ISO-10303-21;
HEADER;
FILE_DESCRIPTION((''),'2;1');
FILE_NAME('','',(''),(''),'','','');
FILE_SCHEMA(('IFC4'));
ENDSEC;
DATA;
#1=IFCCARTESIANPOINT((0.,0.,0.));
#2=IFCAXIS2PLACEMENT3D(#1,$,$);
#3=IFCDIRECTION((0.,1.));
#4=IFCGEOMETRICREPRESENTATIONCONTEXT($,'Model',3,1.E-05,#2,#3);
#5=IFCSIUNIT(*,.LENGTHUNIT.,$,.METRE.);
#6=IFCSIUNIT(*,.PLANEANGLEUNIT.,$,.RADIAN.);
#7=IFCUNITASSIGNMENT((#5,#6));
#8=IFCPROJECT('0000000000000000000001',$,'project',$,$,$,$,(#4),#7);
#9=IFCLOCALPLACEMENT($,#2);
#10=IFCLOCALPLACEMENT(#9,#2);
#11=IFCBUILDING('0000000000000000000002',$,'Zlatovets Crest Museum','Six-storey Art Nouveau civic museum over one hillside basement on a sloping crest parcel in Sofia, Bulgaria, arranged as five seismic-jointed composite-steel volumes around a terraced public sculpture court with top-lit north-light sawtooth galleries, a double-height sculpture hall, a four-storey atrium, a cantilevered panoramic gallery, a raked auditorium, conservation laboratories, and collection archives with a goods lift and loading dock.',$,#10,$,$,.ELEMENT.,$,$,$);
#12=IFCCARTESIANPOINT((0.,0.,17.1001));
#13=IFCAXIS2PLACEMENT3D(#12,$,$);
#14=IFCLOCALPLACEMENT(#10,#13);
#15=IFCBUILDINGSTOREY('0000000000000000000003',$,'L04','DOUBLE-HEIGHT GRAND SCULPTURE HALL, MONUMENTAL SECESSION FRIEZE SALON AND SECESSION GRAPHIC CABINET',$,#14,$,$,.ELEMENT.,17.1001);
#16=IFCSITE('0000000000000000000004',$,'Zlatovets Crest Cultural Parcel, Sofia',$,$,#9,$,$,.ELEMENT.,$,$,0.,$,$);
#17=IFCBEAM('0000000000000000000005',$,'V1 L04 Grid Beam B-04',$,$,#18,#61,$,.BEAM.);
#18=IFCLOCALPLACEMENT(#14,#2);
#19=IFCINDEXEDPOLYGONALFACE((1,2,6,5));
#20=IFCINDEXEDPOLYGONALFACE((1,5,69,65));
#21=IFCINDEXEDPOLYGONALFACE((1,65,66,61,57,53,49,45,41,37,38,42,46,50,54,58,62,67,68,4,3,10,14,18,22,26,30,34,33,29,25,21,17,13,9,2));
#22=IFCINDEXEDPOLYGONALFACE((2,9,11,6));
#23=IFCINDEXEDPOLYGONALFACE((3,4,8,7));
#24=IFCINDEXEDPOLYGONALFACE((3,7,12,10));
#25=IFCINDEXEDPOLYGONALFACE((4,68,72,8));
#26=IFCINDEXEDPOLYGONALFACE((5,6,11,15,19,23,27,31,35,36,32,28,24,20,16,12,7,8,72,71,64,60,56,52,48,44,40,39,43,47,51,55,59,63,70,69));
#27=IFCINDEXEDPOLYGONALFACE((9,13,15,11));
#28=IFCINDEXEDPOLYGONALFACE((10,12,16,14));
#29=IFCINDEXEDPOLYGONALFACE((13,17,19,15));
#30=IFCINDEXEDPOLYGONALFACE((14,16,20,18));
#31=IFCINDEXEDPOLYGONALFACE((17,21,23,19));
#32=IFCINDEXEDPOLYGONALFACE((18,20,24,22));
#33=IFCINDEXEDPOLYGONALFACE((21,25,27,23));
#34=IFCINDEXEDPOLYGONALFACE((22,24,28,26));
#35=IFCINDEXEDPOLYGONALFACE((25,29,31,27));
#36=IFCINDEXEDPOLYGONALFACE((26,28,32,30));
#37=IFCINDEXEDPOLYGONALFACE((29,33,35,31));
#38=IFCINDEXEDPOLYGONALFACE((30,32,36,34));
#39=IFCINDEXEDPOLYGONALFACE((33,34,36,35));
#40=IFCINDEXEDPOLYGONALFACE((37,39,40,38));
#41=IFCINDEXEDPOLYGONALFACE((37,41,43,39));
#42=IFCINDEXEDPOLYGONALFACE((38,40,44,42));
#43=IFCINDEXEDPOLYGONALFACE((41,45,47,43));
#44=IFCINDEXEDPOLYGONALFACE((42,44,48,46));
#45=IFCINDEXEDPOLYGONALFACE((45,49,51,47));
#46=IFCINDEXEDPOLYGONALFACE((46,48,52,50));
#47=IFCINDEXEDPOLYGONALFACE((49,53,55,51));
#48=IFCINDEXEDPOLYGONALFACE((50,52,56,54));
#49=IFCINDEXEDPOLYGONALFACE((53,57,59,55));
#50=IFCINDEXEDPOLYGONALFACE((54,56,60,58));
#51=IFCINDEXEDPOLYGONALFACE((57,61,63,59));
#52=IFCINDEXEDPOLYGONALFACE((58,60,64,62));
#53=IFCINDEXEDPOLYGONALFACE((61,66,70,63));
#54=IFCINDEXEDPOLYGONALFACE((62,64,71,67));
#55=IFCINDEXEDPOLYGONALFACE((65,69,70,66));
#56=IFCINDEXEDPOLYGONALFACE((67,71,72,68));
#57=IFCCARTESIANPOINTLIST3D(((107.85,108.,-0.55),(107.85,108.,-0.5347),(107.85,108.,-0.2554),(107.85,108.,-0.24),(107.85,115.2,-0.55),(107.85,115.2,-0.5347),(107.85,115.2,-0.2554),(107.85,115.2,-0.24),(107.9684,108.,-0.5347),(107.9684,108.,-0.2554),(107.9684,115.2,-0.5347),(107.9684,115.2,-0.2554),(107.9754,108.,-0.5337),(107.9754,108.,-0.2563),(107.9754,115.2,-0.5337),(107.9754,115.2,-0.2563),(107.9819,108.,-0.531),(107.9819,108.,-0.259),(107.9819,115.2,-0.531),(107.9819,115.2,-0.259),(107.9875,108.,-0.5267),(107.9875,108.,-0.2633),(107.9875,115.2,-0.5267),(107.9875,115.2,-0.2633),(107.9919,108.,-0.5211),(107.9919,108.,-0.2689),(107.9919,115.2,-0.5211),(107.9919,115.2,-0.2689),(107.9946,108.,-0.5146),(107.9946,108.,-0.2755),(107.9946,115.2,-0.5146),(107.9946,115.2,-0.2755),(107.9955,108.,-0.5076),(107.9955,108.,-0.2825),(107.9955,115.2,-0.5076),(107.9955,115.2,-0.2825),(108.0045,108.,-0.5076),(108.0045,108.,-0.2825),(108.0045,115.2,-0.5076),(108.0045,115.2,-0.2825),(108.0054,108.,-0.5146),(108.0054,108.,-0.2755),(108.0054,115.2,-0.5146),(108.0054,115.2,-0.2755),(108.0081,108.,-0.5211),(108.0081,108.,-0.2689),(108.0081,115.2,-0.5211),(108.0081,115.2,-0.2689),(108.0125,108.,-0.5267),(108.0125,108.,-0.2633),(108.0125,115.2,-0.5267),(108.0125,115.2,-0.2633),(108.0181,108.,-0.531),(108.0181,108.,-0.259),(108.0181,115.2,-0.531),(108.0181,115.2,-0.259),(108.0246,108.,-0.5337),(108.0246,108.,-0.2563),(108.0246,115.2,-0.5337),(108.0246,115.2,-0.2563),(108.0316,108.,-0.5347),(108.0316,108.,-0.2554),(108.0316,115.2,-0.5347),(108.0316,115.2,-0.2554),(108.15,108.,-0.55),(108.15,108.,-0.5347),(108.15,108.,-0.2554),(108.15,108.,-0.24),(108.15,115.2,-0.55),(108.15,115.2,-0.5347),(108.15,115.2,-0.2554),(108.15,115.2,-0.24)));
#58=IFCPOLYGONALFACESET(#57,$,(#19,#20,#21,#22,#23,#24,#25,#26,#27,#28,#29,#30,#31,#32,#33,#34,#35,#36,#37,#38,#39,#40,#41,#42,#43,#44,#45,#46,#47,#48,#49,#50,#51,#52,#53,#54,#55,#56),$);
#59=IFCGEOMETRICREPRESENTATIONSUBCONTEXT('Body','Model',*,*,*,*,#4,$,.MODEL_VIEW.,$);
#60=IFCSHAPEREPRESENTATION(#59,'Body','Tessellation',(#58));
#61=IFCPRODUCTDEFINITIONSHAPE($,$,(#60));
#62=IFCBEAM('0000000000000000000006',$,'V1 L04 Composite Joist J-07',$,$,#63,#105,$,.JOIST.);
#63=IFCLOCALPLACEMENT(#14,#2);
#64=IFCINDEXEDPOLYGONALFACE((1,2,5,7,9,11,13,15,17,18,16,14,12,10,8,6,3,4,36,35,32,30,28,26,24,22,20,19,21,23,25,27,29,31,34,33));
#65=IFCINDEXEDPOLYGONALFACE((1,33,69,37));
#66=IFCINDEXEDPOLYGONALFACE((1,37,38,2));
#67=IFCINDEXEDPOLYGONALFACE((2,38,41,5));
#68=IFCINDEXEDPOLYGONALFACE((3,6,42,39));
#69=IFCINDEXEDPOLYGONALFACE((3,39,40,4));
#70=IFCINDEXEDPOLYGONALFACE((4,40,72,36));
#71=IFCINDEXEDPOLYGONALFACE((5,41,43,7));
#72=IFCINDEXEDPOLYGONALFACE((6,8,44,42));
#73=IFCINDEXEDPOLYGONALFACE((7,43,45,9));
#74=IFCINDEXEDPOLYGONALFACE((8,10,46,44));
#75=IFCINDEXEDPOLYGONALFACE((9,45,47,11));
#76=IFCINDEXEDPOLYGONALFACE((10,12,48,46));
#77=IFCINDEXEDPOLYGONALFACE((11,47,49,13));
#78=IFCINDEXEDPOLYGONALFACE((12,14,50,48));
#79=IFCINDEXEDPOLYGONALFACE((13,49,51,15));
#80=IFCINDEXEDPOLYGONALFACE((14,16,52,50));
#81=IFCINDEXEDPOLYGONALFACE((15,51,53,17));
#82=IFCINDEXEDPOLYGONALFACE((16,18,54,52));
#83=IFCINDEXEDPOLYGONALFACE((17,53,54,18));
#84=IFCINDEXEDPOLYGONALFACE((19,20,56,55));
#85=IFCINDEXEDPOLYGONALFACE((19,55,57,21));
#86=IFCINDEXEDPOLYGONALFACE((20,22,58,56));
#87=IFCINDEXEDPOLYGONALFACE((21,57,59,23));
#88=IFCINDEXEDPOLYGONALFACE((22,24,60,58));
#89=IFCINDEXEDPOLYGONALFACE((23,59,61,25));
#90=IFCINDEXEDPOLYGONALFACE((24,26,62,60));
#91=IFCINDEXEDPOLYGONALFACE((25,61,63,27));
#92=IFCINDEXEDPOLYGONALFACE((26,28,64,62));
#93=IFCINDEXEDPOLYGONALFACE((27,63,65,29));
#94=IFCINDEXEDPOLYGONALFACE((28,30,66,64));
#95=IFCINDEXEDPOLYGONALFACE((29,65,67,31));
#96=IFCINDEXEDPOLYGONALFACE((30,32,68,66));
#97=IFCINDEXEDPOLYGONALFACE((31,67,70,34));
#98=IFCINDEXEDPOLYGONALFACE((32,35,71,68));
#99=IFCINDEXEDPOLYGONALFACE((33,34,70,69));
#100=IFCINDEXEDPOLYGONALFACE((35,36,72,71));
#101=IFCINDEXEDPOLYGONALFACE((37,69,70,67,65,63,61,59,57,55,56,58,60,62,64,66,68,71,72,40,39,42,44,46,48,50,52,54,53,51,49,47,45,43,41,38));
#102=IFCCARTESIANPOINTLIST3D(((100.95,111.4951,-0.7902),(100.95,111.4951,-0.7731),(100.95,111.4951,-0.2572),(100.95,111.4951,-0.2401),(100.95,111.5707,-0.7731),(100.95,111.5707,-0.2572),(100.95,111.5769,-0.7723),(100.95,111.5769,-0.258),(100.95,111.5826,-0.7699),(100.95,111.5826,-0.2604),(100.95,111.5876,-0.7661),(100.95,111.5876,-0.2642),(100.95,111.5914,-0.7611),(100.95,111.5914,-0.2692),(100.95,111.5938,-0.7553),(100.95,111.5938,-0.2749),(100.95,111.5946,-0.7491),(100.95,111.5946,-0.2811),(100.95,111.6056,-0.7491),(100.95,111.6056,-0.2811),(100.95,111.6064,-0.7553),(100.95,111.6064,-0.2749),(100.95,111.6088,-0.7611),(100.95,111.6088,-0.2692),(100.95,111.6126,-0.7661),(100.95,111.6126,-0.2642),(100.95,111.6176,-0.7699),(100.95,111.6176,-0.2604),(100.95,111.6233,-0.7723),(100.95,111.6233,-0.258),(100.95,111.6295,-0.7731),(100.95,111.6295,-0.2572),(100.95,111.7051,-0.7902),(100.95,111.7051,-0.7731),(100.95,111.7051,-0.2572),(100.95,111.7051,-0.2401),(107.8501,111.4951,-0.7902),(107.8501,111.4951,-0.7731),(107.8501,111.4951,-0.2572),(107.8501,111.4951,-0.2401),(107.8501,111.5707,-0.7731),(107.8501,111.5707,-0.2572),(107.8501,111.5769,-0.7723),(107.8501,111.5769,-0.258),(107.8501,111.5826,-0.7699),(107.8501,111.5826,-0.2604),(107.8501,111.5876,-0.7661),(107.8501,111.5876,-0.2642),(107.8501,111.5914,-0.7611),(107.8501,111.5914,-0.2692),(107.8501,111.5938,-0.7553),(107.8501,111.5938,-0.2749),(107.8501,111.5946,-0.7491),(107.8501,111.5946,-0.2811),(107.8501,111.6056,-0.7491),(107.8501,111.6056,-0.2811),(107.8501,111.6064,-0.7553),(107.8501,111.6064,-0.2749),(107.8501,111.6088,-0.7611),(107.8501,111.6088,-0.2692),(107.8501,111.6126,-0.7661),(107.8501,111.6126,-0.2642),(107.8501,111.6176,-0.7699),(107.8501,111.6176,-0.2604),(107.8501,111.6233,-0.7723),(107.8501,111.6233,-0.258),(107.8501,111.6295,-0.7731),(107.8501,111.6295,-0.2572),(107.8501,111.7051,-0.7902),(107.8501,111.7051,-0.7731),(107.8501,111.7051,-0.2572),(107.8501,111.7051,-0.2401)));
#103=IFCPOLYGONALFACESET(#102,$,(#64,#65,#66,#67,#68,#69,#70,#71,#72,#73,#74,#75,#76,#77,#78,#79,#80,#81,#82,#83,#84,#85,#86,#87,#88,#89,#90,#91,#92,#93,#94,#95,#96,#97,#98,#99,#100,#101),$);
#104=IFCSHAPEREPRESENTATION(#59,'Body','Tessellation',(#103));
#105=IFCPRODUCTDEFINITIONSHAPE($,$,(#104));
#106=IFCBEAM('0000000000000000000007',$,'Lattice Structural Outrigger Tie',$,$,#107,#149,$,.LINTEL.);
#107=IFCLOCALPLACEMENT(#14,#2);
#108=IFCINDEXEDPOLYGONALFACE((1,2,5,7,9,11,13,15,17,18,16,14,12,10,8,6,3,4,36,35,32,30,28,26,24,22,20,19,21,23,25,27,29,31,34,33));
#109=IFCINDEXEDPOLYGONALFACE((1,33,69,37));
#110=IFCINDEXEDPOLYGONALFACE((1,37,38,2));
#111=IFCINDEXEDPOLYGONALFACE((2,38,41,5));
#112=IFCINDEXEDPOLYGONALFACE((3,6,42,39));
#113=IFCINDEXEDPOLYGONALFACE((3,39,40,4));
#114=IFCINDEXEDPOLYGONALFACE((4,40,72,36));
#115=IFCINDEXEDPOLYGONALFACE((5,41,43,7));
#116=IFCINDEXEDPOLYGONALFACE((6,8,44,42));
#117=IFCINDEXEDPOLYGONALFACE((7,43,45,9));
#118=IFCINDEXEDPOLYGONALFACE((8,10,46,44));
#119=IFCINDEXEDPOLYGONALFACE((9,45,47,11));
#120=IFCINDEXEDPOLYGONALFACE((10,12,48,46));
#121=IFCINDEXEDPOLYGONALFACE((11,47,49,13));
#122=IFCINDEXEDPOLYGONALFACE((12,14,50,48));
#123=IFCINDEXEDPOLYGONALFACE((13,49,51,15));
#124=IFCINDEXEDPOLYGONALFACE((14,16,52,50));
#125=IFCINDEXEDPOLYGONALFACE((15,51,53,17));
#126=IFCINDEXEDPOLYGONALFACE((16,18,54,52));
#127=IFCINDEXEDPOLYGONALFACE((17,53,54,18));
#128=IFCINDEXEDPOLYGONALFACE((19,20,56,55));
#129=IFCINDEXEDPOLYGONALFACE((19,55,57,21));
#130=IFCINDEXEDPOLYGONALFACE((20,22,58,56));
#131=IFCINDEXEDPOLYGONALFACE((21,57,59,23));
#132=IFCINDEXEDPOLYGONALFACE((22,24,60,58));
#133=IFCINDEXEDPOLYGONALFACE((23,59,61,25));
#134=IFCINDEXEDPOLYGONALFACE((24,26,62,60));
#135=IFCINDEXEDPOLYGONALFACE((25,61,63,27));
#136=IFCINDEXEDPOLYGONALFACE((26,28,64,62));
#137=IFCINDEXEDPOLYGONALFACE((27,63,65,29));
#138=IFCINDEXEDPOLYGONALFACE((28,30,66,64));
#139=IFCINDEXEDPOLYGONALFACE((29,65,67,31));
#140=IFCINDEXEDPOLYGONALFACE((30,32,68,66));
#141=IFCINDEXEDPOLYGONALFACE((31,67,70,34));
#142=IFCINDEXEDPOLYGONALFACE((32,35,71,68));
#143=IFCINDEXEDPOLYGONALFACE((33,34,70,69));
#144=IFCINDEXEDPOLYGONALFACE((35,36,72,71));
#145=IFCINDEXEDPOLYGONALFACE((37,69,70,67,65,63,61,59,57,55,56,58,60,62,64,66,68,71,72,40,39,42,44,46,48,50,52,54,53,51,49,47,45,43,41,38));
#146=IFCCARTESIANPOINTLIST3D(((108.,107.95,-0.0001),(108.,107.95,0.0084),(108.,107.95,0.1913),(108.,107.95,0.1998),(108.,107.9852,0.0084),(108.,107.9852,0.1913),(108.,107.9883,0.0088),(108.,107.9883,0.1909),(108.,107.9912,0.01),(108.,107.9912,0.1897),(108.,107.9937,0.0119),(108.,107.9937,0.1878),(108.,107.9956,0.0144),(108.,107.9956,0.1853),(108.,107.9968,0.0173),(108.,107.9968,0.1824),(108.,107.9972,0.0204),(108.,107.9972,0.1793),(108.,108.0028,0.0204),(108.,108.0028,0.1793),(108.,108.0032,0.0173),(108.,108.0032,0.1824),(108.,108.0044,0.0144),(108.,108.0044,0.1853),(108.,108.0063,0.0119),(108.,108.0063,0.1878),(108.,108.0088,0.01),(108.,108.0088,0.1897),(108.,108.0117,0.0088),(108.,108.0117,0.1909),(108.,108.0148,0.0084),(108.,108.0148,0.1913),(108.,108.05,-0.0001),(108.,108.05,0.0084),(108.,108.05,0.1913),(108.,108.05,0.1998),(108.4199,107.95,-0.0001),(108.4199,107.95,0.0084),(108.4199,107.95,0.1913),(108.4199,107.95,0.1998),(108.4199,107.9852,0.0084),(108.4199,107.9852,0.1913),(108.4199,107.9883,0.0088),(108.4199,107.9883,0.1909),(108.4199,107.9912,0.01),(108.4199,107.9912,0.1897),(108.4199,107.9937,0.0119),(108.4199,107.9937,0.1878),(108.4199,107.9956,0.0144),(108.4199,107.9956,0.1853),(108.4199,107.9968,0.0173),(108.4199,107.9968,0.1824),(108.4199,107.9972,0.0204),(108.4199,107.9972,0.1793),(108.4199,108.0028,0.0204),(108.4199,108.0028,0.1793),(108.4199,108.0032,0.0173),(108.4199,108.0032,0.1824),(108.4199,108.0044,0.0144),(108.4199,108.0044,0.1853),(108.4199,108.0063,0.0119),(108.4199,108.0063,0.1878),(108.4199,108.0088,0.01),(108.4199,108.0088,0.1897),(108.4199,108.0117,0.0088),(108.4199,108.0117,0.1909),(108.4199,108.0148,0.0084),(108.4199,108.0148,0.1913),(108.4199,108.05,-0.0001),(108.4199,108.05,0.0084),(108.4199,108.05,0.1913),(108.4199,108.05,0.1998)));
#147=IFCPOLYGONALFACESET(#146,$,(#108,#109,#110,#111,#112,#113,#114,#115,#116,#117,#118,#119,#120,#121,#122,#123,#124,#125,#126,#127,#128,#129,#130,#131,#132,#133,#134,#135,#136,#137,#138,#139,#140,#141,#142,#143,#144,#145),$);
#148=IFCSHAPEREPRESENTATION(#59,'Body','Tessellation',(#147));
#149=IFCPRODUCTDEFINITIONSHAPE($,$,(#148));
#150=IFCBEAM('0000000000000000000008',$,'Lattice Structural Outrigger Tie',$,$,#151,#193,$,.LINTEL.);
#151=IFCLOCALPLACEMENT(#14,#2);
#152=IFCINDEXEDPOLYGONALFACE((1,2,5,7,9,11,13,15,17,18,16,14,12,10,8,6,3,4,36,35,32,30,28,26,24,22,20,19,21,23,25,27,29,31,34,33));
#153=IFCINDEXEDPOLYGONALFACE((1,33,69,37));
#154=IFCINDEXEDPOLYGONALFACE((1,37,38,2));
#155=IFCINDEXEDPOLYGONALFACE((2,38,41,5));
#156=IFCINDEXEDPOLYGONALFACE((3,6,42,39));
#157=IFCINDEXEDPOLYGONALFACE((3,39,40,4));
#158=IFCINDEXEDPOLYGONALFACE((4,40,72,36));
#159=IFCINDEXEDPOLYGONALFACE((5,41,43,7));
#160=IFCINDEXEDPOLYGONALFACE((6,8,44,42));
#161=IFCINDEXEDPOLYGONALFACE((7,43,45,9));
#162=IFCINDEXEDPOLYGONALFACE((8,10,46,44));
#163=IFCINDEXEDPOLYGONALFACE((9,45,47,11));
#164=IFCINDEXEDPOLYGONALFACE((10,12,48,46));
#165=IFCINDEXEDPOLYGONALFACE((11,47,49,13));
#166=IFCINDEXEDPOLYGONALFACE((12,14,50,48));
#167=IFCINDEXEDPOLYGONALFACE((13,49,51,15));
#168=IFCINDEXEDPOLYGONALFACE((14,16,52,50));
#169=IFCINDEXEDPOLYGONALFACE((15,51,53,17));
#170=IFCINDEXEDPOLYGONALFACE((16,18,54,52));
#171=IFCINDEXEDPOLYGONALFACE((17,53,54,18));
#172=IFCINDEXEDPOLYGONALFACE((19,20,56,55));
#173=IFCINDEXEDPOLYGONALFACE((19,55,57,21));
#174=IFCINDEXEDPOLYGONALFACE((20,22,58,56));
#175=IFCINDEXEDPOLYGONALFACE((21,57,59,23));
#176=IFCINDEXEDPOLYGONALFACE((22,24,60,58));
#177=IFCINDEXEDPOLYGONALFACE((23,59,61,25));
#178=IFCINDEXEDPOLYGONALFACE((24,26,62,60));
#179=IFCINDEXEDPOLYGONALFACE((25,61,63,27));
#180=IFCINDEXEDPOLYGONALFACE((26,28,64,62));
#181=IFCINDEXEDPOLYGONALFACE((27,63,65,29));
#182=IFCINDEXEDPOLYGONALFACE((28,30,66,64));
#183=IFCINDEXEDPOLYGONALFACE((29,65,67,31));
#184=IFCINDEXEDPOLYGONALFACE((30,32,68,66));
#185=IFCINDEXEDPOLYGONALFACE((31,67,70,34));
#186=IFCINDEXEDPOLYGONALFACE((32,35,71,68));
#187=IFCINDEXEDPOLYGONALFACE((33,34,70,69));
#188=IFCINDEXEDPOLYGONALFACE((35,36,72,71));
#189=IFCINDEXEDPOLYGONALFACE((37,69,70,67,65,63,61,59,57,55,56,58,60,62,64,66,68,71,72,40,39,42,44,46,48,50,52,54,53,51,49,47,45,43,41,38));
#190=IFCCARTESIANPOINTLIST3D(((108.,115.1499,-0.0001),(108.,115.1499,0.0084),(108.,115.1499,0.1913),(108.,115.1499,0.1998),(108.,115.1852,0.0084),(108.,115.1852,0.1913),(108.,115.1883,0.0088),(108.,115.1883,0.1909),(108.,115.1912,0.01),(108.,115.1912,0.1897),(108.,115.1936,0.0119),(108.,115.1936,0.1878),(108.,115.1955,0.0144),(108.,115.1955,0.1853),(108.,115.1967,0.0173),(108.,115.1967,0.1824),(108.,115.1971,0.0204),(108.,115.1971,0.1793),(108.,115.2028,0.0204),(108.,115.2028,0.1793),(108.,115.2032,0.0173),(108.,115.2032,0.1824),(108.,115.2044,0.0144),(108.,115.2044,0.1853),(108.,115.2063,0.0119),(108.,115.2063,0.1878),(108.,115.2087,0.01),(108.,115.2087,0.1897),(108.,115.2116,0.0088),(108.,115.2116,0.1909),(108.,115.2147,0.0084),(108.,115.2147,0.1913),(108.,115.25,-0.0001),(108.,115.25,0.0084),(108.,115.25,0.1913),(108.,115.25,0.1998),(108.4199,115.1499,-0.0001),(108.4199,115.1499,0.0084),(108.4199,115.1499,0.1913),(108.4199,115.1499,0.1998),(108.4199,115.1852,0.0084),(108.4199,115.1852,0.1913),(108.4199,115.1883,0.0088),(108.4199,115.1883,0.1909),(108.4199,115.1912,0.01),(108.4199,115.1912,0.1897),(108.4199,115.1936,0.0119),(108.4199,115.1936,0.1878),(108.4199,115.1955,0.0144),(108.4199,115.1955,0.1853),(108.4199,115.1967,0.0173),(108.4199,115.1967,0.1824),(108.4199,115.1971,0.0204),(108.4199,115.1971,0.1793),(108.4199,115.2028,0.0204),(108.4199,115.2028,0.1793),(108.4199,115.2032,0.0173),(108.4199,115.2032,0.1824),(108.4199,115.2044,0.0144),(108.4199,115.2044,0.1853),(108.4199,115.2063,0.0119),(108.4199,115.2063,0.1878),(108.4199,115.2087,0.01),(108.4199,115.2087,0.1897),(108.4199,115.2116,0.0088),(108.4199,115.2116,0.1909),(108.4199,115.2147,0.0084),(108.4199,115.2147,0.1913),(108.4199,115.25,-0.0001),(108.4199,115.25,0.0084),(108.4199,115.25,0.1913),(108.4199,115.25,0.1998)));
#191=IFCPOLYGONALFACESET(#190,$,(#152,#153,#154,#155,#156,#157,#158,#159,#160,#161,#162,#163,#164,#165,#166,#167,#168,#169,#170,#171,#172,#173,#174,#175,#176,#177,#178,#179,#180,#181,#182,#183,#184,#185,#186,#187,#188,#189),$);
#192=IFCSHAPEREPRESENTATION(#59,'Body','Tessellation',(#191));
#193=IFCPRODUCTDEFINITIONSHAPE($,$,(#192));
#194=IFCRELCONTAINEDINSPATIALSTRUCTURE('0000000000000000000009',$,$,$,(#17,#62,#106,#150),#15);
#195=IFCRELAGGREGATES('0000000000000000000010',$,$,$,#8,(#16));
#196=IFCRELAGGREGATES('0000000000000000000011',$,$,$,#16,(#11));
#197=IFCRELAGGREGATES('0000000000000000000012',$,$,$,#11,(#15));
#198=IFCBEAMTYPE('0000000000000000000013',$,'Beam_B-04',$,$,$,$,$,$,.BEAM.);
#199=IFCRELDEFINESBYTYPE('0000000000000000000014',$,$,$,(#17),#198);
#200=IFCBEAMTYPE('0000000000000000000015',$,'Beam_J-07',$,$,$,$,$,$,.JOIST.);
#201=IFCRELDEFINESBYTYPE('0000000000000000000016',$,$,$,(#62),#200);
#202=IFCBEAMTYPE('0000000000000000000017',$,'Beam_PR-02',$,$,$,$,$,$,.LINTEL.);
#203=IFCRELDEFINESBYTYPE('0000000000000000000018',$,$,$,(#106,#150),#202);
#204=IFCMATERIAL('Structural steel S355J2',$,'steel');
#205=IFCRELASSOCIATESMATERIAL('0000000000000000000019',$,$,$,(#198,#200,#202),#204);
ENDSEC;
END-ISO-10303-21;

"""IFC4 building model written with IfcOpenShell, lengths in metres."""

from ifc_helpers import new_model, si_unit, direction, frame, origin, origin_2d, place, context, subcontext, project, spatial, i_section, extrude, material, material_profile, profile_set, type_object, element, save


model = new_model("IFC4")

# Units and contexts
model_context = context("Model", 3, precision=1e-05, world=origin(), true_north=direction((0.0, 1.0)))
body_context = subcontext(model_context, "Body", "Model", "MODEL_VIEW")
ifc_project = project(units=[si_unit("LENGTHUNIT", "METRE"), si_unit("PLANEANGLEUNIT", "RADIAN")], contexts=[model_context])

# Site, building, storey
site_placement = place(None, origin())
site = spatial("IfcSite", under=ifc_project, at=site_placement, Name="Zlatovets Crest Cultural Parcel, Sofia", CompositionType="ELEMENT", RefElevation=0.0)
building_placement = place(site_placement, origin())
building = spatial("IfcBuilding", under=site, at=building_placement, Name="Zlatovets Crest Museum", Description="Six-storey Art Nouveau civic museum over one hillside basement on a sloping crest parcel in Sofia, Bulgaria, arranged as five seismic-jointed composite-steel volumes around a terraced public sculpture court with top-lit north-light sawtooth galleries, a double-height sculpture hall, a four-storey atrium, a cantilevered panoramic gallery, a raked auditorium, conservation laboratories, and collection archives with a goods lift and loading dock.", CompositionType="ELEMENT")
storey_placement = place(building_placement, frame((0.0, 0.0, 17.1001)))
storey = spatial("IfcBuildingStorey", under=building, at=storey_placement, Name="L04", Description="DOUBLE-HEIGHT GRAND SCULPTURE HALL, MONUMENTAL SECESSION FRIEZE SALON AND SECESSION GRAPHIC CABINET", CompositionType="ELEMENT", Elevation=17.1001)

# Shared definitions
ifc_material_1 = material(Name="Structural steel S355J2", Category="steel")

# Beams
ifc_material_profile_1 = material_profile(ifc_material_1, i_section(OverallWidth=0.3, OverallDepth=0.3101, WebThickness=0.009, FlangeThickness=0.0154, FilletRadius=0.0271, at=origin_2d()), Name="HEA 320")
ifc_profile_set_1 = profile_set([ifc_material_profile_1], Name="Structural steel S355J2")
beam_type_1 = type_object("IfcBeamType", Name="Beam_B-04", PredefinedType="BEAM", material=ifc_profile_set_1)
beam_1_placement = place(storey_placement, frame((108.0, 108.0, -0.395), z_axis=(0.0, 1.0, 0.0), x_axis=(-1.0, 0.0, 0.0)))
element("IfcBeam", 1, at=beam_1_placement, inside=storey, type_object=beam_type_1, Name="V1 L04 Grid Beam B-04", PredefinedType="BEAM", context=body_context, shape_type="SweptSolid", body=[
    extrude(i_section(OverallWidth=0.3, OverallDepth=0.3101, WebThickness=0.009, FlangeThickness=0.0154, FilletRadius=0.0271, at=origin_2d()), origin(), (0.0, 0.0, 1.0), 7.2),
])
ifc_material_profile_2 = material_profile(ifc_material_1, i_section(OverallWidth=0.21, OverallDepth=0.55, WebThickness=0.011, FlangeThickness=0.0171, FilletRadius=0.0239, at=origin_2d()), Name="IPE 550")
ifc_profile_set_2 = profile_set([ifc_material_profile_2], Name="Structural steel S355J2")
beam_type_2 = type_object("IfcBeamType", Name="Beam_J-07", PredefinedType="JOIST", material=ifc_profile_set_2)
beam_2_placement = place(storey_placement, frame((100.95, 111.6001, -0.5151), z_axis=(1.0, 0.0, 0.0), x_axis=(0.0, 1.0, 0.0)))
element("IfcBeam", 2, at=beam_2_placement, inside=storey, type_object=beam_type_2, Name="V1 L04 Composite Joist J-07", PredefinedType="JOIST", context=body_context, shape_type="SweptSolid", body=[
    extrude(i_section(OverallWidth=0.21, OverallDepth=0.55, WebThickness=0.011, FlangeThickness=0.0171, FilletRadius=0.0239, at=origin_2d()), origin(), (0.0, 0.0, 1.0), 6.9001),
])
ifc_material_profile_3 = material_profile(ifc_material_1, i_section(OverallWidth=0.1001, OverallDepth=0.2, WebThickness=0.0056, FlangeThickness=0.0085, FilletRadius=0.012, at=origin_2d()), Name="IPE 200")
ifc_profile_set_3 = profile_set([ifc_material_profile_3], Name="Structural steel S355J2")
beam_type_3 = type_object("IfcBeamType", Name="Beam_PR-02", PredefinedType="LINTEL", material=ifc_profile_set_3)
for number, where, z_axis, x_axis, name in (
    (3, (108.0, 108.0, 0.0999), (1.0, 0.0, 0.0), (0.0, 1.0, 0.0), "Lattice Structural Outrigger Tie"),
    (4, (108.0, 115.2, 0.0999), (1.0, 0.0, 0.0), (0.0, 1.0, 0.0), "Lattice Structural Outrigger Tie"),
):
    element("IfcBeam", number, at=place(storey_placement, frame(where, z_axis=z_axis, x_axis=x_axis)), inside=storey, type_object=beam_type_3, Name=name, PredefinedType="LINTEL", context=body_context, shape_type="SweptSolid", body=[
        extrude(i_section(OverallWidth=0.1001, OverallDepth=0.2, WebThickness=0.0056, FlangeThickness=0.0085, FilletRadius=0.012, at=origin_2d()), origin(), (0.0, 0.0, 1.0), 0.4199),
    ])

save(model, "model.ifc")
